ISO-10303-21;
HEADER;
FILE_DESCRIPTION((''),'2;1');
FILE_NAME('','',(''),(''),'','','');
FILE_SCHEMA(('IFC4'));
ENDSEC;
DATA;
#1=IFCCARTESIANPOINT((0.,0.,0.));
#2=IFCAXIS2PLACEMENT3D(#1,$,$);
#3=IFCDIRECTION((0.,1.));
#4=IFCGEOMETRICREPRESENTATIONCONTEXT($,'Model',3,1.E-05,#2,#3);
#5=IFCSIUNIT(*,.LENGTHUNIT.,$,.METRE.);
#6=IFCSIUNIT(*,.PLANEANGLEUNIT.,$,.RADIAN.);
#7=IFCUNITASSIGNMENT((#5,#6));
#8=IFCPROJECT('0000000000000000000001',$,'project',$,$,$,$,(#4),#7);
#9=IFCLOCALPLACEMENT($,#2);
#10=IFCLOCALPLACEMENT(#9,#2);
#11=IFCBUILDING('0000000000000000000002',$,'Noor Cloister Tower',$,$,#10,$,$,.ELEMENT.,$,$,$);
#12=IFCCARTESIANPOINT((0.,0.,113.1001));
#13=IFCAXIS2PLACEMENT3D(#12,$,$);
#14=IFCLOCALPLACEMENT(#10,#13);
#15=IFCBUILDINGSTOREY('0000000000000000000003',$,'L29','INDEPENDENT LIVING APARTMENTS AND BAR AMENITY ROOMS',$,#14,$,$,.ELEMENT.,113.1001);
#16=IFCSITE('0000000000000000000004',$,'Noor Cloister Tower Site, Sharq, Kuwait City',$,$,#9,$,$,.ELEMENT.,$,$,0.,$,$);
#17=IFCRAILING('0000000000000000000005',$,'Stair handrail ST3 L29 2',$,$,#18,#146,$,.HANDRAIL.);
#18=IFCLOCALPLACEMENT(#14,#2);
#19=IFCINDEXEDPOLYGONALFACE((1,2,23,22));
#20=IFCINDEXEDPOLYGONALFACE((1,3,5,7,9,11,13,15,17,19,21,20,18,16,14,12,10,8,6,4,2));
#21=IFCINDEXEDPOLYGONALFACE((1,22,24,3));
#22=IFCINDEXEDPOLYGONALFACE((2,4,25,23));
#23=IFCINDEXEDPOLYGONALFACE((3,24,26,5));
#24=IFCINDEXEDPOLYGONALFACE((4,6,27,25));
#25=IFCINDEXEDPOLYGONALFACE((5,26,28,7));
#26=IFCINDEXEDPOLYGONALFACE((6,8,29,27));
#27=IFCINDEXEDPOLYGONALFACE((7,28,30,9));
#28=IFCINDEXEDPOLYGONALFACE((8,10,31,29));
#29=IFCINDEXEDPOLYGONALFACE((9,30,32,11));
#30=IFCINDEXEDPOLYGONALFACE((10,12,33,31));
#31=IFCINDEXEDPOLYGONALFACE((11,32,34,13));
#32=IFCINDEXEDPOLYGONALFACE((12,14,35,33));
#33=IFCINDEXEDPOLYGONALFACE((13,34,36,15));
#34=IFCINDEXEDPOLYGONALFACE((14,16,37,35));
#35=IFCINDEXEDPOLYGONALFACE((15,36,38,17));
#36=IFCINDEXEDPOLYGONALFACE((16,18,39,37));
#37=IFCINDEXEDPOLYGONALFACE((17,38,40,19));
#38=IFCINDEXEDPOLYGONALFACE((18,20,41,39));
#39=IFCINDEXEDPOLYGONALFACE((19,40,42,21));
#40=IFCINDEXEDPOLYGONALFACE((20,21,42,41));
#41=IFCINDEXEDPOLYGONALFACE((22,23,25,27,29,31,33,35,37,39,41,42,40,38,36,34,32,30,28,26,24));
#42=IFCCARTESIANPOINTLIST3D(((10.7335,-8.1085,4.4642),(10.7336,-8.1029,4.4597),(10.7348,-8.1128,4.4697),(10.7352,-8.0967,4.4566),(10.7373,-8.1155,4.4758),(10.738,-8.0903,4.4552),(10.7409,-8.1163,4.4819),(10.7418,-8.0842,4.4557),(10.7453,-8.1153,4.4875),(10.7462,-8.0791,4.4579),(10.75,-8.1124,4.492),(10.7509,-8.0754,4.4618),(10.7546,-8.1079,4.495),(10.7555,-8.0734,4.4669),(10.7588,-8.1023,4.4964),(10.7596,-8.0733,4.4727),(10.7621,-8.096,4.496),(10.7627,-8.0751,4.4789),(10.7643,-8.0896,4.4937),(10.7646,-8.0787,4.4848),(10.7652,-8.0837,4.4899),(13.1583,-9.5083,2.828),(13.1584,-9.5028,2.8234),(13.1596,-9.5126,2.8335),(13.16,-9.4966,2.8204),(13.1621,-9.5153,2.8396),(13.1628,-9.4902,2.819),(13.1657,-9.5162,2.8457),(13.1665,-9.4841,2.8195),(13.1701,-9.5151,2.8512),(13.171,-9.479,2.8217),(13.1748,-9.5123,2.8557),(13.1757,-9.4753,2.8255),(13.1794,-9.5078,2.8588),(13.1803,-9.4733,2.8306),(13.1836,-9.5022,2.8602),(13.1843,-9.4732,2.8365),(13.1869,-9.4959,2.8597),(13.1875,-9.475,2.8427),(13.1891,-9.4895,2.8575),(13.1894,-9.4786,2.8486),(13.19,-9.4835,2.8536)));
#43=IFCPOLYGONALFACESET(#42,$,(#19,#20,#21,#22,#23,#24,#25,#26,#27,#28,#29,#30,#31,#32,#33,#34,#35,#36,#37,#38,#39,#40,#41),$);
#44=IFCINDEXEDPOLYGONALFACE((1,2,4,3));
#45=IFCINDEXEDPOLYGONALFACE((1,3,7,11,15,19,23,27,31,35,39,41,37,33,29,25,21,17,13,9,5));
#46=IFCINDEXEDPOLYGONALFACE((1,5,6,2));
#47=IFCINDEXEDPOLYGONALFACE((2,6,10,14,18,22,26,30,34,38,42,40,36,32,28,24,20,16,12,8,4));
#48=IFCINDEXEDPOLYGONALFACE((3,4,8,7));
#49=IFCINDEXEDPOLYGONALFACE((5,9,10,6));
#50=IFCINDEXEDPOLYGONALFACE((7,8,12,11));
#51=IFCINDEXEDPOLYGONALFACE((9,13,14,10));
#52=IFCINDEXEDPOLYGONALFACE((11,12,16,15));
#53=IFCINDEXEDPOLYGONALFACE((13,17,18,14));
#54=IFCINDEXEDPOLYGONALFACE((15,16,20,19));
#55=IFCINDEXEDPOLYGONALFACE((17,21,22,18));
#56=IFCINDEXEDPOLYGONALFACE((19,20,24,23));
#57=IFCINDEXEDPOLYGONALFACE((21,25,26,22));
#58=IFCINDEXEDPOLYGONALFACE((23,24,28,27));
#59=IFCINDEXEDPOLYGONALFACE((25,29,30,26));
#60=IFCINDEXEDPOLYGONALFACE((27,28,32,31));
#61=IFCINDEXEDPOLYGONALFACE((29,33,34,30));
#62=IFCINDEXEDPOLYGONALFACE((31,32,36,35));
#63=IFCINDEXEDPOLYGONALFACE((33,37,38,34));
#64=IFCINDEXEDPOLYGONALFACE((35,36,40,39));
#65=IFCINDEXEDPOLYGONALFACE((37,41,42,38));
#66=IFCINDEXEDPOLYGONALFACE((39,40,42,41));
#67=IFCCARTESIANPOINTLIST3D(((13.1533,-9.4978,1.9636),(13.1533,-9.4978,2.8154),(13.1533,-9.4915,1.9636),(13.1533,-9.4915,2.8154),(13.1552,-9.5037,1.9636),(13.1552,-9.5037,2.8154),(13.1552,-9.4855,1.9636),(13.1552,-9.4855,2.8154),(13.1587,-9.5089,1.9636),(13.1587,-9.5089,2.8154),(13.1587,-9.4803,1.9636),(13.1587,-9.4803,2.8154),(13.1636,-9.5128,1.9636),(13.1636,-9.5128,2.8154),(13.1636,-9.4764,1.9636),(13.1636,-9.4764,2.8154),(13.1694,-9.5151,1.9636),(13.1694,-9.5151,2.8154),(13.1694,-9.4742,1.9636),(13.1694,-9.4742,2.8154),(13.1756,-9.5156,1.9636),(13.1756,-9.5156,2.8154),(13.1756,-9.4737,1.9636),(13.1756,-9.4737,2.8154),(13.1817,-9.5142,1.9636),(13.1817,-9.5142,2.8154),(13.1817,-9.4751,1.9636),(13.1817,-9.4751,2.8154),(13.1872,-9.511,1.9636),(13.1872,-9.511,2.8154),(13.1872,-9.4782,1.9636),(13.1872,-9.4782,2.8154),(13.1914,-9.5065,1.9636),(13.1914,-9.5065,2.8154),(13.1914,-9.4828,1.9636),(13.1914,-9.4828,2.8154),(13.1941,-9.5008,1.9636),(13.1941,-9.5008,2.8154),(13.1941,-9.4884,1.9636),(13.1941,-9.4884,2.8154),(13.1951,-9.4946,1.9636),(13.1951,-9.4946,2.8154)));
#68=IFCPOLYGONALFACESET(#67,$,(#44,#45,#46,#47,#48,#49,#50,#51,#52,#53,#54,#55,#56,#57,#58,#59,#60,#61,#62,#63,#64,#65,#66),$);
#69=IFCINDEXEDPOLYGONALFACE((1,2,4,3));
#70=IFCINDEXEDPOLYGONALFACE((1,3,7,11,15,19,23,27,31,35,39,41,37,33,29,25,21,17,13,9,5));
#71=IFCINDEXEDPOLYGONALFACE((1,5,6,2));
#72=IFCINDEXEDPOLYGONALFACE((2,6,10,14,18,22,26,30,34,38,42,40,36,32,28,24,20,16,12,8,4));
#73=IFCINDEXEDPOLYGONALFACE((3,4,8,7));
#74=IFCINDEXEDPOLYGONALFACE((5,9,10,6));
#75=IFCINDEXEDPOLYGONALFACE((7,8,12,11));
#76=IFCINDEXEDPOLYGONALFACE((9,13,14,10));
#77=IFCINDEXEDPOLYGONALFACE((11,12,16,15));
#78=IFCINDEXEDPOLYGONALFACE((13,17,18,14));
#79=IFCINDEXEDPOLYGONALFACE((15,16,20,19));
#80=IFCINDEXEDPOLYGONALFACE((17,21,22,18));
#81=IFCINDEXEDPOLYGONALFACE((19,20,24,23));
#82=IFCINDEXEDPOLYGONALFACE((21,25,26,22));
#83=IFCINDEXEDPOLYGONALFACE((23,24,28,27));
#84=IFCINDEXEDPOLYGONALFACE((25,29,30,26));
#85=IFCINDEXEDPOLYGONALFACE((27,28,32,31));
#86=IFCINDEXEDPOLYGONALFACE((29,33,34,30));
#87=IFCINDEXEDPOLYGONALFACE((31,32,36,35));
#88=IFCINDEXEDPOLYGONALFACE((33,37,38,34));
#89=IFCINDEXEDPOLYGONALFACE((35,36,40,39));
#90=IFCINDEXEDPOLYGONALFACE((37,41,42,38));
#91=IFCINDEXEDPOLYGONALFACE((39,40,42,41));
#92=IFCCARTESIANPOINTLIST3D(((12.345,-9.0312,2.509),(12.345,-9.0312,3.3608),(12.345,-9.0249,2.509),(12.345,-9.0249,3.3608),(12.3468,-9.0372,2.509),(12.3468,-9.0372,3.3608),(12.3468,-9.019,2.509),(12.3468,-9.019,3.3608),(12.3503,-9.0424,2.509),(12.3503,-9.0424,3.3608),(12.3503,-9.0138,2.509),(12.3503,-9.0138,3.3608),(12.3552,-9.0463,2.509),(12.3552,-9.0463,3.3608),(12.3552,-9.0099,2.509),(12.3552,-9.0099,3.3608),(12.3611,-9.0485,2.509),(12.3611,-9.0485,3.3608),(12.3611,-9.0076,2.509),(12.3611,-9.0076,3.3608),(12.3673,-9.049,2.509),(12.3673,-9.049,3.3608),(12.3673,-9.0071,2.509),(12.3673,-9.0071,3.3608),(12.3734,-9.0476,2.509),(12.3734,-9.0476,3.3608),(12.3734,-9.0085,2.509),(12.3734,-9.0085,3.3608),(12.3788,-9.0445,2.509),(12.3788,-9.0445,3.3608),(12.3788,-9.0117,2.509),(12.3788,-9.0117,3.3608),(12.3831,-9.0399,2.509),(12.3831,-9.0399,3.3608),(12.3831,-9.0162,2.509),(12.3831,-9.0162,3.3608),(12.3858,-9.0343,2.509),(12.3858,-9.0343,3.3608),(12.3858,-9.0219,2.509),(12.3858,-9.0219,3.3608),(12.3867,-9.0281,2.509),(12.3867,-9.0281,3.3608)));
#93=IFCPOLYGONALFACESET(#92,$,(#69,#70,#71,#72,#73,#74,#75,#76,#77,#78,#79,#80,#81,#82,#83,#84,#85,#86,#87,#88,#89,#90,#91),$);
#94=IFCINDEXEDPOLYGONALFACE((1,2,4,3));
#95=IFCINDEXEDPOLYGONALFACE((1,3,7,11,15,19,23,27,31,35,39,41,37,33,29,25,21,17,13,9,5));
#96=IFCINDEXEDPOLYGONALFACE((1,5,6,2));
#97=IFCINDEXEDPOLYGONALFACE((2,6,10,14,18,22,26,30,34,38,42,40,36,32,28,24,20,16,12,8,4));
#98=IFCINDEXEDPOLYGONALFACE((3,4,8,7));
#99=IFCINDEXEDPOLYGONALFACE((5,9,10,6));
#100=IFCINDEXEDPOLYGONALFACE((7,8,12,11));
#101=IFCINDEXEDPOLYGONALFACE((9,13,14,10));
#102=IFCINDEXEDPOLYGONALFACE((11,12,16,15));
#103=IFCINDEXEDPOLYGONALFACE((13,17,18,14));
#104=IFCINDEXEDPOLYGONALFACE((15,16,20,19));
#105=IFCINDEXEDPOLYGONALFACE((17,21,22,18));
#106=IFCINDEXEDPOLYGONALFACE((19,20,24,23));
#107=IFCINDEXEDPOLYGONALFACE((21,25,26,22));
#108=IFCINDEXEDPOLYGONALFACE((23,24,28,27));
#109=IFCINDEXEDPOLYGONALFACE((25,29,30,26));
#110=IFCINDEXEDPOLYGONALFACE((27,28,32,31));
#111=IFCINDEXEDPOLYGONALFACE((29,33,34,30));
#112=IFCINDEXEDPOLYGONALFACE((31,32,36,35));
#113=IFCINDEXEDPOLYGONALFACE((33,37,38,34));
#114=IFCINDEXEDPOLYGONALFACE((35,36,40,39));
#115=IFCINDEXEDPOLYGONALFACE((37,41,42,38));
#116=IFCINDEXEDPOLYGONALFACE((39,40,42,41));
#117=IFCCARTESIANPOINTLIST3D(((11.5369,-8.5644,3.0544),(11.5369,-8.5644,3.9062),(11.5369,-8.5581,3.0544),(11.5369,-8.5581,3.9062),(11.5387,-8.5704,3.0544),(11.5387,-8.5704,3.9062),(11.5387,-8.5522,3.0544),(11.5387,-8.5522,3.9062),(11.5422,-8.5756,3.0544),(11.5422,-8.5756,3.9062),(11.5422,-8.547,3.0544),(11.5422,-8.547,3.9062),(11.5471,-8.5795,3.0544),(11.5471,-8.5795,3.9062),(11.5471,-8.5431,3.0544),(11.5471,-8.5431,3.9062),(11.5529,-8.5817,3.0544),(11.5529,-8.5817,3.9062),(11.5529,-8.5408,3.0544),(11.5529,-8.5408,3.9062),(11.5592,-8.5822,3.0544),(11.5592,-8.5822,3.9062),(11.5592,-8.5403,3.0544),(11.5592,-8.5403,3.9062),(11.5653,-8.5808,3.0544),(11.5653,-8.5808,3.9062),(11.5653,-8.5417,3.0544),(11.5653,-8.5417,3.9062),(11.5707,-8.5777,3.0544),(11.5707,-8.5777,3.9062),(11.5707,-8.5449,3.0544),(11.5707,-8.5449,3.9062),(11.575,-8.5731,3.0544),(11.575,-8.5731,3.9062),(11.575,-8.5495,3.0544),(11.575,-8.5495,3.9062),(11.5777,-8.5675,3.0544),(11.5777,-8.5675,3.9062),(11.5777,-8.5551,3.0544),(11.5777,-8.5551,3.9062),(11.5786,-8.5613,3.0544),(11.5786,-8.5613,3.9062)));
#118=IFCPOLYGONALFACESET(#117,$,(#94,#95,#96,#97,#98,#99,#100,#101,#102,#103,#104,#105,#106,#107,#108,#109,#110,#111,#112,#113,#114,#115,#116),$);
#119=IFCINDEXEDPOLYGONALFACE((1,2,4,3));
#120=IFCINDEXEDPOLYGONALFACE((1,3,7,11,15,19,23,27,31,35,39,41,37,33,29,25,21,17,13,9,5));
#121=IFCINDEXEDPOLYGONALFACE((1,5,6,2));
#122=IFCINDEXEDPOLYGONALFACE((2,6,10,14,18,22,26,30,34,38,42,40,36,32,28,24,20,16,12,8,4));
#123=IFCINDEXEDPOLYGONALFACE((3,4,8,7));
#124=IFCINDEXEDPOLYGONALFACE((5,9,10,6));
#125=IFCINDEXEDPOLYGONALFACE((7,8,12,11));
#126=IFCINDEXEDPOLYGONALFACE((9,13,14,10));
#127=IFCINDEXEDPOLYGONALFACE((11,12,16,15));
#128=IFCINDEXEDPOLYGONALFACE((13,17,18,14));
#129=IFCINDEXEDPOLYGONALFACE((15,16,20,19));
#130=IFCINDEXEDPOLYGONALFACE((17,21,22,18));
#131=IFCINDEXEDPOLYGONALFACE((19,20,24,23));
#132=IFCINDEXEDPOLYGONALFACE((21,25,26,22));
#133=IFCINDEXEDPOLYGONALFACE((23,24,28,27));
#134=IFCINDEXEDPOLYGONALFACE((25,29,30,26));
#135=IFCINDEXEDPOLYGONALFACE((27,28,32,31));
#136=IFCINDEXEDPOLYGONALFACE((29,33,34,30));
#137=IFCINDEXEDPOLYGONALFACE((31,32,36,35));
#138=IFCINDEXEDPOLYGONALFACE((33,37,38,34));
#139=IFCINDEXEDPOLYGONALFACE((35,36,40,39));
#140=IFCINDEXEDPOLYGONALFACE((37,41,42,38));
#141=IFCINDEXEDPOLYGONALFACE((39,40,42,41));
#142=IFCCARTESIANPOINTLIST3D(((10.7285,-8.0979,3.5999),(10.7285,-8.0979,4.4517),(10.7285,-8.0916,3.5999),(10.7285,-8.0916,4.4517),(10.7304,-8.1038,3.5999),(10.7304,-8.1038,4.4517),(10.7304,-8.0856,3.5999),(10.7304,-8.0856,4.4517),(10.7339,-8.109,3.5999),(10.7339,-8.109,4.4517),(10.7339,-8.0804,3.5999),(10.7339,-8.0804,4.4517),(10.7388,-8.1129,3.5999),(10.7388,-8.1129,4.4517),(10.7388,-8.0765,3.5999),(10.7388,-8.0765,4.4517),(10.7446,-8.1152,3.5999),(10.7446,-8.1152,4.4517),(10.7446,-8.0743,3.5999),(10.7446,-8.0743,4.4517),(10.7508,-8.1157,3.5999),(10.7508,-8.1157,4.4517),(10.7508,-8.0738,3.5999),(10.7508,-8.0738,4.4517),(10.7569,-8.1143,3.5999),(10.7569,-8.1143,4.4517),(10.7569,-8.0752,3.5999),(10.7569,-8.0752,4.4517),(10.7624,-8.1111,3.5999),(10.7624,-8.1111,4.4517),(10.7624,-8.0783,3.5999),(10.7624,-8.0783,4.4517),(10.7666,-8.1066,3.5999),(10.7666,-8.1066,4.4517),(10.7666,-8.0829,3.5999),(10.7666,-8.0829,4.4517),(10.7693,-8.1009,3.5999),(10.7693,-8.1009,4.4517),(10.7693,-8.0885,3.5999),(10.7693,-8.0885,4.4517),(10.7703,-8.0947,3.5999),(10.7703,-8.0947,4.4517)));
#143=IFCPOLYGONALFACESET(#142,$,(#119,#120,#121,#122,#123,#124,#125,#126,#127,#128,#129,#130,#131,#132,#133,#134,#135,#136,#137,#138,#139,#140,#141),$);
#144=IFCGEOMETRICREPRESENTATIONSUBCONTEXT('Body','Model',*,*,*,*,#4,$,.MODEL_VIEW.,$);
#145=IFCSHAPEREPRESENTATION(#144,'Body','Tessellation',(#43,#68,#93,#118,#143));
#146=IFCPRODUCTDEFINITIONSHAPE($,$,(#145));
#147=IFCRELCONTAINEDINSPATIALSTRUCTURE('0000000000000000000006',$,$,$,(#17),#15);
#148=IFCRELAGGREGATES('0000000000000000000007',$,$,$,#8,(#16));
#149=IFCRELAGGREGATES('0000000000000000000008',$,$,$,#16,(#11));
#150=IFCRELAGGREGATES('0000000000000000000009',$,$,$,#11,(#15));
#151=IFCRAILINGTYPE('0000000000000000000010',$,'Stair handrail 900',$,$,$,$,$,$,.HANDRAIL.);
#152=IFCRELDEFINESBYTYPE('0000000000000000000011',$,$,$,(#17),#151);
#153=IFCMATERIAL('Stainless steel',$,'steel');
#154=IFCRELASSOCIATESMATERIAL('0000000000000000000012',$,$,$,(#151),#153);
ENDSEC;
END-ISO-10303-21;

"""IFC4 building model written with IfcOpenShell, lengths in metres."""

from ifc_helpers import new_model, si_unit, direction, frame, origin, origin_2d, place, context, subcontext, project, spatial, circle, extrude, material, type_object, element, save


model = new_model("IFC4")

# Units and contexts
model_context = context("Model", 3, precision=1e-05, world=origin(), true_north=direction((0.0, 1.0)))
body_context = subcontext(model_context, "Body", "Model", "MODEL_VIEW")
ifc_project = project(units=[si_unit("LENGTHUNIT", "METRE"), si_unit("PLANEANGLEUNIT", "RADIAN")], contexts=[model_context])

# Site, building, storey
site_placement = place(None, origin())
site = spatial("IfcSite", under=ifc_project, at=site_placement, Name="Noor Cloister Tower Site, Sharq, Kuwait City", CompositionType="ELEMENT", RefElevation=0.0)
building_placement = place(site_placement, origin())
building = spatial("IfcBuilding", under=site, at=building_placement, Name="Noor Cloister Tower", CompositionType="ELEMENT")
storey_placement = place(building_placement, frame((0.0, 0.0, 113.1001)))
storey = spatial("IfcBuildingStorey", under=building, at=storey_placement, Name="L29", Description="INDEPENDENT LIVING APARTMENTS AND BAR AMENITY ROOMS", CompositionType="ELEMENT", Elevation=113.1001)

# Railing
ifc_material_1 = material(Name="Stainless steel", Category="steel")
railing_type_1 = type_object("IfcRailingType", Name="Stair handrail 900", PredefinedType="HANDRAIL", material=ifc_material_1)
railing_1_placement = place(storey_placement, frame((13.1741, -9.4946, 1.9636)))
element("IfcRailing", 1, at=railing_1_placement, inside=storey, type_object=railing_type_1, Name="Stair handrail ST3 L29 2", PredefinedType="HANDRAIL", context=body_context, shape_type="SweptSolid", body=[
    extrude(circle(Radius=0.0239, at=origin_2d()), frame((0.0, 0.0, 0.876), z_axis=(-0.747718, 0.431677, 0.504552), x_axis=(-0.499984, -0.866035, 0.0)), (0.0, 0.0, 1.0), 3.2429),
    extrude(circle(Radius=0.021, at=origin_2d()), origin(), (0.0, 0.0, 1.0), 0.8518),
    extrude(circle(Radius=0.021, at=origin_2d()), frame((-0.8083, 0.4666, 0.5454)), (0.0, 0.0, 1.0), 0.8518),
    extrude(circle(Radius=0.021, at=origin_2d()), frame((-1.6165, 0.9333, 1.0908)), (0.0, 0.0, 1.0), 0.8518),
    extrude(circle(Radius=0.021, at=origin_2d()), frame((-2.4248, 1.3999, 1.6362)), (0.0, 0.0, 1.0), 0.8518),
])

save(model, "model.ifc")
